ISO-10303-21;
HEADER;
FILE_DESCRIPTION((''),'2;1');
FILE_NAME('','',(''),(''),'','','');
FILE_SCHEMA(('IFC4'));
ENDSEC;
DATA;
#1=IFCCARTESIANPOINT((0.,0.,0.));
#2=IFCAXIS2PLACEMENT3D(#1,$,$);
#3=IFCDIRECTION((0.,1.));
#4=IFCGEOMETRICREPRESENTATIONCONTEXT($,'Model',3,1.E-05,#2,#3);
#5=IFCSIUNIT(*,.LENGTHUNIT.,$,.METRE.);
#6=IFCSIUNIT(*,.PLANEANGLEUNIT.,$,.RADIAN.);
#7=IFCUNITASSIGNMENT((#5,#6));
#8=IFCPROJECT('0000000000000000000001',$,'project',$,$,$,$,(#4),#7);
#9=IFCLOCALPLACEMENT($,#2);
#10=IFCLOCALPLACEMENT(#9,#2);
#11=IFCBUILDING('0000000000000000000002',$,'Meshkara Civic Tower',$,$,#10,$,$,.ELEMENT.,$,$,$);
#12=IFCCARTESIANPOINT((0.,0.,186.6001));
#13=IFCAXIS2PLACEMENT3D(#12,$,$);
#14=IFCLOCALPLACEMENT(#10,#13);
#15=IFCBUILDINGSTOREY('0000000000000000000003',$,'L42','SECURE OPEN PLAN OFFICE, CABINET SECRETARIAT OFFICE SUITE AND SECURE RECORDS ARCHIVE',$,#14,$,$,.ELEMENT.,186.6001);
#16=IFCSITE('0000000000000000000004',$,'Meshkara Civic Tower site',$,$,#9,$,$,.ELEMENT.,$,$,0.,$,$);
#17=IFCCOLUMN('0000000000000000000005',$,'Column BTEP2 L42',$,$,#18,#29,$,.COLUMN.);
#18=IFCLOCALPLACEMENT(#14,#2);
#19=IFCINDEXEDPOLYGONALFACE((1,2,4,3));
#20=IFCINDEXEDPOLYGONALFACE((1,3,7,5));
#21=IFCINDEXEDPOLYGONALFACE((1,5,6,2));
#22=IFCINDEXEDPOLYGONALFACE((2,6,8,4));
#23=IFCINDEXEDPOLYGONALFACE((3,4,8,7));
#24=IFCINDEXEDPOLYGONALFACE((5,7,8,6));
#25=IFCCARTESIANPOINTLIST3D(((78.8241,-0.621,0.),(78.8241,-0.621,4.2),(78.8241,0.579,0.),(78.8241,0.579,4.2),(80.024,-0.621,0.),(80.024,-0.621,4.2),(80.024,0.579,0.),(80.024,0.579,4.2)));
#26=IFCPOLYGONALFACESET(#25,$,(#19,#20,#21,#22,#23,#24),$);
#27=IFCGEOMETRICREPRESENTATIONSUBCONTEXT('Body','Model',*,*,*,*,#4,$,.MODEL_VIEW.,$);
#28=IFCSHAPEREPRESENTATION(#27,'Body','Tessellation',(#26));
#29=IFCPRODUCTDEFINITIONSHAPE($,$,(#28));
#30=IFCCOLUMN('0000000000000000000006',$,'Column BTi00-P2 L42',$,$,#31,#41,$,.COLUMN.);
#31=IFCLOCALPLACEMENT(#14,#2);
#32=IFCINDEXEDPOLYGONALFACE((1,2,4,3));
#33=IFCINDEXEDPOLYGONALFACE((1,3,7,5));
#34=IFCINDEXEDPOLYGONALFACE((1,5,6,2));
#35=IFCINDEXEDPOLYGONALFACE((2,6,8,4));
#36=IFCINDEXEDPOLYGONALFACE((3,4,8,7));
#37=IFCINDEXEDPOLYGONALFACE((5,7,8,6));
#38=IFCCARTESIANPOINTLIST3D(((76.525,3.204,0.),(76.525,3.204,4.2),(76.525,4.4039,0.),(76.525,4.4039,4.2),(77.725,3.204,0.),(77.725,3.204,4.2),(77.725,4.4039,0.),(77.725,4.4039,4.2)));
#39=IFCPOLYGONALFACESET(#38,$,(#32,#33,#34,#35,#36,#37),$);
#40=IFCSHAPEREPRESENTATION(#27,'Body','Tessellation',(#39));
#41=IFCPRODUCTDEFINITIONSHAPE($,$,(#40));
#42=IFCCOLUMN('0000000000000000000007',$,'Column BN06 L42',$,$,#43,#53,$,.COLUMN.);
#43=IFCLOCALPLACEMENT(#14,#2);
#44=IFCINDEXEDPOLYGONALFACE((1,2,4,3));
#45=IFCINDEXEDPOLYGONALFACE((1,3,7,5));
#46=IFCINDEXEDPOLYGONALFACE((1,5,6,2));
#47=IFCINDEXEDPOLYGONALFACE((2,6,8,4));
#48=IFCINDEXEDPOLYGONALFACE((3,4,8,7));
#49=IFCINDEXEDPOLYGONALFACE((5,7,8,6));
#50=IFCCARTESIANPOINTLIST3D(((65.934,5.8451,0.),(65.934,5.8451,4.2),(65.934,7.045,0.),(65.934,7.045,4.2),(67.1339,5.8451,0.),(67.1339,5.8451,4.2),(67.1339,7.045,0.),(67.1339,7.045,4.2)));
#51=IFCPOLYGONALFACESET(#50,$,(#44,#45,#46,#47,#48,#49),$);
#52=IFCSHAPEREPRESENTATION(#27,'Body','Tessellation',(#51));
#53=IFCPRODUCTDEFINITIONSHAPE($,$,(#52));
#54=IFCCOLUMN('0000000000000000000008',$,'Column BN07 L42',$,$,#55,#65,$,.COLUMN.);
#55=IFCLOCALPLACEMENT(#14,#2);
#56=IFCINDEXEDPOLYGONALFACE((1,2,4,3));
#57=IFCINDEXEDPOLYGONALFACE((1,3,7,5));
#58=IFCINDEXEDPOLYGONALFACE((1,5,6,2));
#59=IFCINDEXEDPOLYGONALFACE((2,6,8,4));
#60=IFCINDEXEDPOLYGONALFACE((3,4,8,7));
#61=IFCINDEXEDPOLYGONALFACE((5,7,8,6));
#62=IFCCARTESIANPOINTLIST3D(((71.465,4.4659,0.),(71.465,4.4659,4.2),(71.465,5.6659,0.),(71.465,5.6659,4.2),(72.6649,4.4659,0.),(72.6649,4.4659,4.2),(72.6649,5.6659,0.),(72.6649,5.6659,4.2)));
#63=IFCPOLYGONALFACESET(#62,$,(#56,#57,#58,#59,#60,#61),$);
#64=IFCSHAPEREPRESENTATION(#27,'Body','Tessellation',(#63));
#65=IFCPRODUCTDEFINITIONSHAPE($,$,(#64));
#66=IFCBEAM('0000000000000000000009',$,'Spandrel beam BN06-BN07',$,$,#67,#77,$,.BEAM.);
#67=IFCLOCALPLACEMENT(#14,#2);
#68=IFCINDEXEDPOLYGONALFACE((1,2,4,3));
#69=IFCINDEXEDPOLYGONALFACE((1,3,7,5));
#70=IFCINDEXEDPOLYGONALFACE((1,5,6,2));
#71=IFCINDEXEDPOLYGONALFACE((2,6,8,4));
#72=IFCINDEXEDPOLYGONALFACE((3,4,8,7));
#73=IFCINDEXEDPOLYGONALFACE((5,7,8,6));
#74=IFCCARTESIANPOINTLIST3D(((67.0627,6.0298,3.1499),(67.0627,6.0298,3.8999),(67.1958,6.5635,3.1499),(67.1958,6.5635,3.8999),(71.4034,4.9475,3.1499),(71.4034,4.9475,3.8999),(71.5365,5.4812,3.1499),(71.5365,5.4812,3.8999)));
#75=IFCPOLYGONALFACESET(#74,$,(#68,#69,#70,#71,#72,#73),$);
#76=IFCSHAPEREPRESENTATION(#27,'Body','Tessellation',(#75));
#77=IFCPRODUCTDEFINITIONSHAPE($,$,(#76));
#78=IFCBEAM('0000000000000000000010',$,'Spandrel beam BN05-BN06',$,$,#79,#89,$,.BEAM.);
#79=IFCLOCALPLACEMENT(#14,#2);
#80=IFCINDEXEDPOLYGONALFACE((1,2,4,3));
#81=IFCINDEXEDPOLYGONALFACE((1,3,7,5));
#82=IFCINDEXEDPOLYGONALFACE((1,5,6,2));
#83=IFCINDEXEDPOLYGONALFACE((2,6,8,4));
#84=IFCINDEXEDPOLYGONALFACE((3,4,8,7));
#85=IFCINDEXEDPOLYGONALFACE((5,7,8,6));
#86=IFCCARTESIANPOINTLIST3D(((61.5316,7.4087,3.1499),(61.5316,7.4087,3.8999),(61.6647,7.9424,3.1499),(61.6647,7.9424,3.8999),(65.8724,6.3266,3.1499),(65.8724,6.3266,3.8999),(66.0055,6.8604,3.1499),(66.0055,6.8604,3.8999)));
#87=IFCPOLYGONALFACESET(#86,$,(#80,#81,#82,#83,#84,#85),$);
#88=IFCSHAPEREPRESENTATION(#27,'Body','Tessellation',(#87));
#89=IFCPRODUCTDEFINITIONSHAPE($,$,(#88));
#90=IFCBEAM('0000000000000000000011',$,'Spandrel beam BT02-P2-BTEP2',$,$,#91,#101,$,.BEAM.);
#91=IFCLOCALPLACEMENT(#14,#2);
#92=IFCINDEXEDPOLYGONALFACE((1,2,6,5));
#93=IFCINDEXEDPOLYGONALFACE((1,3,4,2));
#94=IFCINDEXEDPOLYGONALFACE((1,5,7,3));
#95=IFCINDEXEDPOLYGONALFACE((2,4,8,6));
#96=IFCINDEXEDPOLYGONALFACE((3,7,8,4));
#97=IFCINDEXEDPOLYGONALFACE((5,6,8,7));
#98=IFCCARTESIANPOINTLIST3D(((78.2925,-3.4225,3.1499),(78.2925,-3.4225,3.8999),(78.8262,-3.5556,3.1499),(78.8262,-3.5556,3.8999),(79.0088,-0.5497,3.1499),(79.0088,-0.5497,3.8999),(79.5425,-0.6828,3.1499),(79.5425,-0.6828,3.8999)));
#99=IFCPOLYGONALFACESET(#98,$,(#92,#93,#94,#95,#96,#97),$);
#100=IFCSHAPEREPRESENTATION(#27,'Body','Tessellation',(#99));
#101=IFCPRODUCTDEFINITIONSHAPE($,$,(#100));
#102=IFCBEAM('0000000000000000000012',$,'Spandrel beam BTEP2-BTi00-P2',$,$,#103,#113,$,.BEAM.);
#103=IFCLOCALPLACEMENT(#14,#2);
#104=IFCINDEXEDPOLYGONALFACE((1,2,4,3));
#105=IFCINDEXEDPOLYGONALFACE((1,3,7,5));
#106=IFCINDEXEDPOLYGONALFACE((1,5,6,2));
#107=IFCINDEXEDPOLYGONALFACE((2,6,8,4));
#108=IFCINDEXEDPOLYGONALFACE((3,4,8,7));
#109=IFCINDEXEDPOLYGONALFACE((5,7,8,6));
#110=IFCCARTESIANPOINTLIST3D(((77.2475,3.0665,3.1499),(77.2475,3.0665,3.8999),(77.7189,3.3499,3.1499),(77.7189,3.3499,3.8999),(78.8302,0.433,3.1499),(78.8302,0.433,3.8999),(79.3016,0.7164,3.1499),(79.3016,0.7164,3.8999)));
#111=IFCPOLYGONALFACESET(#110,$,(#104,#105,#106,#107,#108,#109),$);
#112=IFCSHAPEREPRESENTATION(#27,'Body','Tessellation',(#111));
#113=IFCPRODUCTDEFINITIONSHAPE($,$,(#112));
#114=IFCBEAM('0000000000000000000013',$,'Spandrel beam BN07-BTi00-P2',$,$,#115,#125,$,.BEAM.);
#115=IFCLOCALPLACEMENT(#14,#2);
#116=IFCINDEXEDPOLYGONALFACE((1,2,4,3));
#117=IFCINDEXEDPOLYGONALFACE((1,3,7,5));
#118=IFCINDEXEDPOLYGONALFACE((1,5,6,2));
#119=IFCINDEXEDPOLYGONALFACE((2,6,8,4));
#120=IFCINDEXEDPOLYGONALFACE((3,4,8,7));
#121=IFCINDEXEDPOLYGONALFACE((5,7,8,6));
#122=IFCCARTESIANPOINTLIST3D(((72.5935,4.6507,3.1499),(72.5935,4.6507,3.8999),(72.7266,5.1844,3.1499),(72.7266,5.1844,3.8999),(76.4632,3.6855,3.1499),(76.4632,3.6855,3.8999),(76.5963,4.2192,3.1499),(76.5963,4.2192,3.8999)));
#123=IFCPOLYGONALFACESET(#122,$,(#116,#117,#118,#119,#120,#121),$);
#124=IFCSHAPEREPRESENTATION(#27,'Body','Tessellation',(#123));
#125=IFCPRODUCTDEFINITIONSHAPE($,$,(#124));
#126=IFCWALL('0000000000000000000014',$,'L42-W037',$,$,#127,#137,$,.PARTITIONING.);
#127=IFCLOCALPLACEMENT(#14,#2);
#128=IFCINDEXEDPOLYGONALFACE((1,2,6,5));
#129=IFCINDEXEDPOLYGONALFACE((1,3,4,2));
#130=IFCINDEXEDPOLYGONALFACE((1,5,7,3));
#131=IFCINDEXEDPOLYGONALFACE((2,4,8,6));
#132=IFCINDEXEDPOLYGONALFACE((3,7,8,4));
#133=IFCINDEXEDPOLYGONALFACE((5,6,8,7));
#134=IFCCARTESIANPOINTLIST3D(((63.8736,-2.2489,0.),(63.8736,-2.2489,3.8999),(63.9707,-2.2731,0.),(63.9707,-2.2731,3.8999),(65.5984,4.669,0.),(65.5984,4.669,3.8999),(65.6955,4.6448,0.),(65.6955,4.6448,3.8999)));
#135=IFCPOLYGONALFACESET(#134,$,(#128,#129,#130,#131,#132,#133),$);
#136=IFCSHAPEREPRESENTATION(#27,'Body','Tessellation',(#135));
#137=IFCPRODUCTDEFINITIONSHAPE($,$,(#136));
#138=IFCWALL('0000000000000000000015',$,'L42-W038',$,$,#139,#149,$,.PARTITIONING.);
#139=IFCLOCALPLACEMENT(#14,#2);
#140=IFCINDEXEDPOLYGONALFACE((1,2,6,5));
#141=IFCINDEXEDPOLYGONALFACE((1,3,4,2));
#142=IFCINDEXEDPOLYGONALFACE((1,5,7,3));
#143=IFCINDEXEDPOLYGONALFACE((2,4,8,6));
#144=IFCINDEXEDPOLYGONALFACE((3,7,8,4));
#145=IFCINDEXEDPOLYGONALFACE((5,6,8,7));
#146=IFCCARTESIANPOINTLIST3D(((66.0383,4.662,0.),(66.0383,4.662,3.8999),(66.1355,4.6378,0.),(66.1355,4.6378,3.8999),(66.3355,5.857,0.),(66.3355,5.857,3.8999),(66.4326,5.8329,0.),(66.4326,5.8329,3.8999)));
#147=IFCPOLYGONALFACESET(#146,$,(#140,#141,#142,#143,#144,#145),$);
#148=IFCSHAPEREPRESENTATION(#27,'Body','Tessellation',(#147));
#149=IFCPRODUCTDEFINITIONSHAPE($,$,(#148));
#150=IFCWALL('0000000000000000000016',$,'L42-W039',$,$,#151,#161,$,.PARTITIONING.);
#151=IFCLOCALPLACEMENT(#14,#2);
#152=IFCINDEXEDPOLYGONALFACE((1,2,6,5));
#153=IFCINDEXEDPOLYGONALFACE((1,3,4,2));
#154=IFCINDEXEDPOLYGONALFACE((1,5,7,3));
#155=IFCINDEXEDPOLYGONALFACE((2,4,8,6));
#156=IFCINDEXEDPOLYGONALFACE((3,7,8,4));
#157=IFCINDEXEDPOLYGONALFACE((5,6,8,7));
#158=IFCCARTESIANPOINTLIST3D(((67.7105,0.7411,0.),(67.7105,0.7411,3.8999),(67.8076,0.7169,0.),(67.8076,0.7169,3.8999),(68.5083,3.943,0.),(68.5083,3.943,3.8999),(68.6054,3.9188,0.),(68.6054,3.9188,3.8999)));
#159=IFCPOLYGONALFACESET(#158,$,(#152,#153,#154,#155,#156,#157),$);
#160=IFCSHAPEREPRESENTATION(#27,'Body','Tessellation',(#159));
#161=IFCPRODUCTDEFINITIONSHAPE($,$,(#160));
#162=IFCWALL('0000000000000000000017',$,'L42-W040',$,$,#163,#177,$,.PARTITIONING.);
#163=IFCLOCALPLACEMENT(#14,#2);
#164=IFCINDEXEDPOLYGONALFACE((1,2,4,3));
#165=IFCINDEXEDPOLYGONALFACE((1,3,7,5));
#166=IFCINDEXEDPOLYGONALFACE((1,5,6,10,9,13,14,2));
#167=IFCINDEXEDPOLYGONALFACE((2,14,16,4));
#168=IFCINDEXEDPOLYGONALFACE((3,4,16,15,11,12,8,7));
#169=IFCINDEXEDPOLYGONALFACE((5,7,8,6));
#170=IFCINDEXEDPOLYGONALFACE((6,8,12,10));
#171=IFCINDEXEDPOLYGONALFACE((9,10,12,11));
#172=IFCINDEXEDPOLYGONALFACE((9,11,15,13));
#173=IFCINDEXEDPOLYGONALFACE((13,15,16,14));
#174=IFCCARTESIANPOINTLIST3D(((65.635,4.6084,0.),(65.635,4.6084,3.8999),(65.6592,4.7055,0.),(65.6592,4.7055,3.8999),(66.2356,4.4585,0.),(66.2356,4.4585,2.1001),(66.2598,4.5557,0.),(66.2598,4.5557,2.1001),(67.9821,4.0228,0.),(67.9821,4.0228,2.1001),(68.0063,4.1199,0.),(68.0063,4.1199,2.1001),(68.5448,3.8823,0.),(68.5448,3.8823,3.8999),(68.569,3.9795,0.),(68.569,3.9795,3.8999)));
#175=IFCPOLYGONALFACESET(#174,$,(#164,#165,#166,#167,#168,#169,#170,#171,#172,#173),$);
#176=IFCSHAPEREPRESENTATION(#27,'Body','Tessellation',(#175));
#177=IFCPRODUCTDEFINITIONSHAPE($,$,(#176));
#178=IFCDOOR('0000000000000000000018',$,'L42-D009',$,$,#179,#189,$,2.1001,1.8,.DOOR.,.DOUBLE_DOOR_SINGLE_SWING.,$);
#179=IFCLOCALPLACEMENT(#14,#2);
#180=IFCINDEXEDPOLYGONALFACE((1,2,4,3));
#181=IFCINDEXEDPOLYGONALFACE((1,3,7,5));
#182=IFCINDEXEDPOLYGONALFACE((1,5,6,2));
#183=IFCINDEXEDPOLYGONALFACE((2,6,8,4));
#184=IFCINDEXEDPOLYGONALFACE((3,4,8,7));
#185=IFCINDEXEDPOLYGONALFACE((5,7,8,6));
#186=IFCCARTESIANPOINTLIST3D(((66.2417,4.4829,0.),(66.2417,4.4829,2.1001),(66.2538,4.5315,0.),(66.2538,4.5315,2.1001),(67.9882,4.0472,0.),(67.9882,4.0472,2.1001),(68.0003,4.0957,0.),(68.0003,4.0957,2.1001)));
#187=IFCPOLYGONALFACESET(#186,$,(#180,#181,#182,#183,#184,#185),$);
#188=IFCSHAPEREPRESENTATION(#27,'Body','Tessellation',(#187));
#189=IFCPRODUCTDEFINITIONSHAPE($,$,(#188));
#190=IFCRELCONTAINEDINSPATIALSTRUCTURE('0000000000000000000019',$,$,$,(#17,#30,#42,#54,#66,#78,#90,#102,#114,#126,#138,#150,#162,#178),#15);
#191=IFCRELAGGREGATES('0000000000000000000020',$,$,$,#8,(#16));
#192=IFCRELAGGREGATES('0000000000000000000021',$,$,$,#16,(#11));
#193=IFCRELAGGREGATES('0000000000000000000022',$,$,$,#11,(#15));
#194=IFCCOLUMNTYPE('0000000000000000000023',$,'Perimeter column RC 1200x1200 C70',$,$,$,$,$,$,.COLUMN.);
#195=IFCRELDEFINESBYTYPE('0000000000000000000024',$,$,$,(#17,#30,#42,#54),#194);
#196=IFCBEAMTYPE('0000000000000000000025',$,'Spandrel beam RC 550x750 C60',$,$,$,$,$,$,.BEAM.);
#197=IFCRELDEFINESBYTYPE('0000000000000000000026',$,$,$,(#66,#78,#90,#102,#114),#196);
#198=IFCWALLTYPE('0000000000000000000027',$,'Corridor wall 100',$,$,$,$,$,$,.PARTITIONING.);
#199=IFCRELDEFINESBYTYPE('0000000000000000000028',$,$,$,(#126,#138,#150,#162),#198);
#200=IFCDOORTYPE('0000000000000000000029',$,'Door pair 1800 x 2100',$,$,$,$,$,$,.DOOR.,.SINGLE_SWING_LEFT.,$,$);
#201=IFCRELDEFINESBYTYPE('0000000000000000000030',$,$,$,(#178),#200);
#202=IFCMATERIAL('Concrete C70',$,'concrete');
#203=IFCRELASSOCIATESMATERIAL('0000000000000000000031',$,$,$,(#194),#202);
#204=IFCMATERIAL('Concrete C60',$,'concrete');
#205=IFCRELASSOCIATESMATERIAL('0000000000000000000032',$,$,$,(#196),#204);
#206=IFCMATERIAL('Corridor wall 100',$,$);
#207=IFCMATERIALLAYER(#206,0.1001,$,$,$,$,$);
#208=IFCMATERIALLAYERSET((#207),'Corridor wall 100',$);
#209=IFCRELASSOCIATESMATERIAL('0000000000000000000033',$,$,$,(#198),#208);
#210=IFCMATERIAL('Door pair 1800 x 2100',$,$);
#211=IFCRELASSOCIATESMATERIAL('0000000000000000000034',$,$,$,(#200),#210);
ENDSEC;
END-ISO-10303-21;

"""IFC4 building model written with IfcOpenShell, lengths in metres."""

from ifc_helpers import new_model, si_unit, direction, frame, frame_2d, origin, origin_2d, place, context, subcontext, project, spatial, rectangle, extrude, material, layer, layer_set, material_profile, profile_set, type_object, element, fill, save


model = new_model("IFC4")

# Units and contexts
model_context = context("Model", 3, precision=1e-05, world=origin(), true_north=direction((0.0, 1.0)))
body_context = subcontext(model_context, "Body", "Model", "MODEL_VIEW")
ifc_project = project(units=[si_unit("LENGTHUNIT", "METRE"), si_unit("PLANEANGLEUNIT", "RADIAN")], contexts=[model_context])

# Site, building, storey
site_placement = place(None, origin())
site = spatial("IfcSite", under=ifc_project, at=site_placement, Name="Meshkara Civic Tower site", CompositionType="ELEMENT", RefElevation=0.0)
building_placement = place(site_placement, origin())
building = spatial("IfcBuilding", under=site, at=building_placement, Name="Meshkara Civic Tower", CompositionType="ELEMENT")
storey_placement = place(building_placement, frame((0.0, 0.0, 186.6001)))
storey = spatial("IfcBuildingStorey", under=building, at=storey_placement, Name="L42", Description="SECURE OPEN PLAN OFFICE, CABINET SECRETARIAT OFFICE SUITE AND SECURE RECORDS ARCHIVE", CompositionType="ELEMENT", Elevation=186.6001)

# Columns
ifc_material_1 = material(Name="Concrete C70", Category="concrete")
ifc_material_profile_1 = material_profile(ifc_material_1, rectangle(XDim=1.2, YDim=1.2, at=origin_2d()))
ifc_profile_set_1 = profile_set([ifc_material_profile_1], Name="Concrete C70")
column_type = type_object("IfcColumnType", Name="Perimeter column RC 1200x1200 C70", PredefinedType="COLUMN", material=ifc_profile_set_1)
for number, where, z_axis, x_axis, name in (
    (1, (79.4241, -0.021, 0.0), (0.0, 0.0, 1.0), (1.0, 0.0, 0.0), "Column BTEP2 L42"),
    (2, (77.125, 3.804, 0.0), (0.0, 0.0, 1.0), (1.0, 0.0, 0.0), "Column BTi00-P2 L42"),
    (3, (66.5339, 6.4451, 0.0), (0.0, 0.0, 1.0), (1.0, 0.0, 0.0), "Column BN06 L42"),
    (4, (72.0649, 5.0659, 0.0), (0.0, 0.0, 1.0), (1.0, 0.0, 0.0), "Column BN07 L42"),
):
    element("IfcColumn", number, at=place(storey_placement, frame(where, z_axis=z_axis, x_axis=x_axis)), inside=storey, type_object=column_type, Name=name, PredefinedType="COLUMN", context=body_context, shape_type="SweptSolid", body=[
        extrude(rectangle(XDim=1.2, YDim=1.2, at=origin_2d()), origin(), (0.0, 0.0, 1.0), 4.2),
    ])

# Beams
ifc_material_2 = material(Name="Concrete C60", Category="concrete")
ifc_material_profile_2 = material_profile(ifc_material_2, rectangle(XDim=0.55, YDim=0.75, at=origin_2d()))
ifc_profile_set_2 = profile_set([ifc_material_profile_2], Name="Concrete C60")
beam_type = type_object("IfcBeamType", Name="Spandrel beam RC 550x750 C60", PredefinedType="BEAM", material=ifc_profile_set_2)
for number, where, z_axis, x_axis, name in (
    (5, (71.47, 5.2144, 3.5249), (-0.970296, 0.241919, 0.0), (-0.241919, -0.970296, 0.0), "Spandrel beam BN06-BN07"),
    (6, (65.939, 6.5935, 3.5249), (-0.970309, 0.241868, 0.0), (-0.241868, -0.970309, 0.0), "Spandrel beam BN05-BN06"),
):
    element("IfcBeam", number, at=place(storey_placement, frame(where, z_axis=z_axis, x_axis=x_axis)), inside=storey, type_object=beam_type, Name=name, PredefinedType="BEAM", context=body_context, shape_type="SweptSolid", body=[
        extrude(rectangle(XDim=0.55, YDim=0.75, at=origin_2d()), origin(), (0.0, 0.0, 1.0), 4.4736),
    ])
beam_1_placement = place(storey_placement, frame((78.5593, -3.489, 3.5249), z_axis=(0.241934, 0.970293, 0.0), x_axis=(-0.970293, 0.241934, 0.0)))
element("IfcBeam", 7, at=beam_1_placement, inside=storey, type_object=beam_type, Name="Spandrel beam BT02-P2-BTEP2", PredefinedType="BEAM", context=body_context, shape_type="SweptSolid", body=[
    extrude(rectangle(XDim=0.55, YDim=0.75, at=origin_2d()), origin(), (0.0, 0.0, 1.0), 2.9607),
])
beam_2_placement = place(storey_placement, frame((79.0659, 0.5747, 3.5249), z_axis=(-0.515127, 0.857114, 0.0), x_axis=(-0.857114, -0.515127, 0.0)))
element("IfcBeam", 8, at=beam_2_placement, inside=storey, type_object=beam_type, Name="Spandrel beam BTEP2-BTi00-P2", PredefinedType="BEAM", context=body_context, shape_type="SweptSolid", body=[
    extrude(rectangle(XDim=0.55, YDim=0.75, at=origin_2d()), origin(), (0.0, 0.0, 1.0), 3.0725),
])
beam_3_placement = place(storey_placement, frame((76.5298, 3.9524, 3.5249), z_axis=(-0.970279, 0.241988, 0.0), x_axis=(-0.241988, -0.970279, 0.0)))
element("IfcBeam", 9, at=beam_3_placement, inside=storey, type_object=beam_type, Name="Spandrel beam BN07-BTi00-P2", PredefinedType="BEAM", context=body_context, shape_type="SweptSolid", body=[
    extrude(rectangle(XDim=0.55, YDim=0.75, at=origin_2d()), origin(), (0.0, 0.0, 1.0), 3.9883),
])

# Walls
ifc_material_3 = material(Name="Corridor wall 100")
ifc_layer_1 = layer(ifc_material_3, 0.1001)
ifc_layer_set_1 = layer_set([ifc_layer_1], Name="Corridor wall 100")
wall_type_1 = type_object("IfcWallType", Name="Corridor wall 100", PredefinedType="PARTITIONING", material=ifc_layer_set_1)
wall_1_placement = place(storey_placement, frame((65.647, 4.657, 0.0), z_axis=(0.0, 0.0, 1.0), x_axis=(-0.241923, -0.970295, 0.0)))
element("IfcWall", 10, at=wall_1_placement, inside=storey, type_object=wall_type_1, Name="L42-W037", PredefinedType="PARTITIONING", context=body_context, shape_type="SweptSolid", body=[
    extrude(rectangle(XDim=7.1296, YDim=0.1001, at=frame_2d((3.5649, 0.0))), origin(), (0.0, 0.0, 1.0), 3.8999),
])
wall_2_placement = place(storey_placement, frame((66.0869, 4.6499, 0.0), z_axis=(0.0, 0.0, 1.0), x_axis=(0.241276, 0.970457, 0.0)))
element("IfcWall", 11, at=wall_2_placement, inside=storey, type_object=wall_type_1, Name="L42-W038", PredefinedType="PARTITIONING", context=body_context, shape_type="SweptSolid", body=[
    extrude(rectangle(XDim=1.2314, YDim=0.1001, at=frame_2d((0.6157, 0.0))), origin(), (0.0, 0.0, 1.0), 3.8999),
])
wall_3_placement = place(storey_placement, frame((67.759, 0.729, 0.0), z_axis=(0.0, 0.0, 1.0), x_axis=(0.241787, 0.970329, 0.0)))
element("IfcWall", 12, at=wall_3_placement, inside=storey, type_object=wall_type_1, Name="L42-W039", PredefinedType="PARTITIONING", context=body_context, shape_type="SweptSolid", body=[
    extrude(rectangle(XDim=3.2998, YDim=0.1001, at=frame_2d((1.6499, 0.0))), origin(), (0.0, 0.0, 1.0), 3.8999),
])

# Wall, opening, door
wall_4_placement = place(storey_placement, frame((68.5569, 3.9309, 0.0), z_axis=(0.0, 0.0, 1.0), x_axis=(-0.970253, 0.242095, 0.0)))
wall_4 = element("IfcWall", 13, at=wall_4_placement, inside=storey, type_object=wall_type_1, Name="L42-W040", PredefinedType="PARTITIONING", context=body_context, shape_type="SweptSolid", body=[
    extrude(rectangle(XDim=2.999, YDim=0.1001, at=frame_2d((1.4995, 0.0))), origin(), (0.0, 0.0, 1.0), 3.8999),
])
opening_1_placement = place(wall_4_placement, frame((0.5801, 0.0, 0.0)))
opening_1 = element("IfcOpeningElement", 14, at=opening_1_placement, cuts=wall_4, PredefinedType="OPENING", context=body_context, shape_type="SweptSolid", body=[
    extrude(rectangle(XDim=1.8, YDim=2.1001, at=frame_2d((0.8999, 1.05))), frame((0.0, 0.0601, 0.0), z_axis=(0.0, -1.0, 0.0), x_axis=(1.0, 0.0, 0.0)), (0.0, 0.0, 1.0), 0.1201),
])
ifc_material_4 = material(Name="Door pair 1800 x 2100")
door_type = type_object("IfcDoorType", Name="Door pair 1800 x 2100", OperationType="SINGLE_SWING_LEFT", PredefinedType="DOOR", material=ifc_material_4)
door_placement = place(opening_1_placement, origin())
door = element("IfcDoor", 15, at=door_placement, inside=storey, type_object=door_type, Name="L42-D009", OperationType="DOUBLE_DOOR_SINGLE_SWING", OverallHeight=2.1001, OverallWidth=1.8, PredefinedType="DOOR", context=body_context, shape_type="SweptSolid", body=[
    extrude(rectangle(XDim=1.8, YDim=2.1001, at=frame_2d((0.8999, 1.05))), frame((0.0, 0.0249, 0.0), z_axis=(0.0, -1.0, 0.0), x_axis=(1.0, 0.0, 0.0)), (0.0, 0.0, 1.0), 0.05),
])
fill(opening_1, door)

save(model, "model.ifc")
